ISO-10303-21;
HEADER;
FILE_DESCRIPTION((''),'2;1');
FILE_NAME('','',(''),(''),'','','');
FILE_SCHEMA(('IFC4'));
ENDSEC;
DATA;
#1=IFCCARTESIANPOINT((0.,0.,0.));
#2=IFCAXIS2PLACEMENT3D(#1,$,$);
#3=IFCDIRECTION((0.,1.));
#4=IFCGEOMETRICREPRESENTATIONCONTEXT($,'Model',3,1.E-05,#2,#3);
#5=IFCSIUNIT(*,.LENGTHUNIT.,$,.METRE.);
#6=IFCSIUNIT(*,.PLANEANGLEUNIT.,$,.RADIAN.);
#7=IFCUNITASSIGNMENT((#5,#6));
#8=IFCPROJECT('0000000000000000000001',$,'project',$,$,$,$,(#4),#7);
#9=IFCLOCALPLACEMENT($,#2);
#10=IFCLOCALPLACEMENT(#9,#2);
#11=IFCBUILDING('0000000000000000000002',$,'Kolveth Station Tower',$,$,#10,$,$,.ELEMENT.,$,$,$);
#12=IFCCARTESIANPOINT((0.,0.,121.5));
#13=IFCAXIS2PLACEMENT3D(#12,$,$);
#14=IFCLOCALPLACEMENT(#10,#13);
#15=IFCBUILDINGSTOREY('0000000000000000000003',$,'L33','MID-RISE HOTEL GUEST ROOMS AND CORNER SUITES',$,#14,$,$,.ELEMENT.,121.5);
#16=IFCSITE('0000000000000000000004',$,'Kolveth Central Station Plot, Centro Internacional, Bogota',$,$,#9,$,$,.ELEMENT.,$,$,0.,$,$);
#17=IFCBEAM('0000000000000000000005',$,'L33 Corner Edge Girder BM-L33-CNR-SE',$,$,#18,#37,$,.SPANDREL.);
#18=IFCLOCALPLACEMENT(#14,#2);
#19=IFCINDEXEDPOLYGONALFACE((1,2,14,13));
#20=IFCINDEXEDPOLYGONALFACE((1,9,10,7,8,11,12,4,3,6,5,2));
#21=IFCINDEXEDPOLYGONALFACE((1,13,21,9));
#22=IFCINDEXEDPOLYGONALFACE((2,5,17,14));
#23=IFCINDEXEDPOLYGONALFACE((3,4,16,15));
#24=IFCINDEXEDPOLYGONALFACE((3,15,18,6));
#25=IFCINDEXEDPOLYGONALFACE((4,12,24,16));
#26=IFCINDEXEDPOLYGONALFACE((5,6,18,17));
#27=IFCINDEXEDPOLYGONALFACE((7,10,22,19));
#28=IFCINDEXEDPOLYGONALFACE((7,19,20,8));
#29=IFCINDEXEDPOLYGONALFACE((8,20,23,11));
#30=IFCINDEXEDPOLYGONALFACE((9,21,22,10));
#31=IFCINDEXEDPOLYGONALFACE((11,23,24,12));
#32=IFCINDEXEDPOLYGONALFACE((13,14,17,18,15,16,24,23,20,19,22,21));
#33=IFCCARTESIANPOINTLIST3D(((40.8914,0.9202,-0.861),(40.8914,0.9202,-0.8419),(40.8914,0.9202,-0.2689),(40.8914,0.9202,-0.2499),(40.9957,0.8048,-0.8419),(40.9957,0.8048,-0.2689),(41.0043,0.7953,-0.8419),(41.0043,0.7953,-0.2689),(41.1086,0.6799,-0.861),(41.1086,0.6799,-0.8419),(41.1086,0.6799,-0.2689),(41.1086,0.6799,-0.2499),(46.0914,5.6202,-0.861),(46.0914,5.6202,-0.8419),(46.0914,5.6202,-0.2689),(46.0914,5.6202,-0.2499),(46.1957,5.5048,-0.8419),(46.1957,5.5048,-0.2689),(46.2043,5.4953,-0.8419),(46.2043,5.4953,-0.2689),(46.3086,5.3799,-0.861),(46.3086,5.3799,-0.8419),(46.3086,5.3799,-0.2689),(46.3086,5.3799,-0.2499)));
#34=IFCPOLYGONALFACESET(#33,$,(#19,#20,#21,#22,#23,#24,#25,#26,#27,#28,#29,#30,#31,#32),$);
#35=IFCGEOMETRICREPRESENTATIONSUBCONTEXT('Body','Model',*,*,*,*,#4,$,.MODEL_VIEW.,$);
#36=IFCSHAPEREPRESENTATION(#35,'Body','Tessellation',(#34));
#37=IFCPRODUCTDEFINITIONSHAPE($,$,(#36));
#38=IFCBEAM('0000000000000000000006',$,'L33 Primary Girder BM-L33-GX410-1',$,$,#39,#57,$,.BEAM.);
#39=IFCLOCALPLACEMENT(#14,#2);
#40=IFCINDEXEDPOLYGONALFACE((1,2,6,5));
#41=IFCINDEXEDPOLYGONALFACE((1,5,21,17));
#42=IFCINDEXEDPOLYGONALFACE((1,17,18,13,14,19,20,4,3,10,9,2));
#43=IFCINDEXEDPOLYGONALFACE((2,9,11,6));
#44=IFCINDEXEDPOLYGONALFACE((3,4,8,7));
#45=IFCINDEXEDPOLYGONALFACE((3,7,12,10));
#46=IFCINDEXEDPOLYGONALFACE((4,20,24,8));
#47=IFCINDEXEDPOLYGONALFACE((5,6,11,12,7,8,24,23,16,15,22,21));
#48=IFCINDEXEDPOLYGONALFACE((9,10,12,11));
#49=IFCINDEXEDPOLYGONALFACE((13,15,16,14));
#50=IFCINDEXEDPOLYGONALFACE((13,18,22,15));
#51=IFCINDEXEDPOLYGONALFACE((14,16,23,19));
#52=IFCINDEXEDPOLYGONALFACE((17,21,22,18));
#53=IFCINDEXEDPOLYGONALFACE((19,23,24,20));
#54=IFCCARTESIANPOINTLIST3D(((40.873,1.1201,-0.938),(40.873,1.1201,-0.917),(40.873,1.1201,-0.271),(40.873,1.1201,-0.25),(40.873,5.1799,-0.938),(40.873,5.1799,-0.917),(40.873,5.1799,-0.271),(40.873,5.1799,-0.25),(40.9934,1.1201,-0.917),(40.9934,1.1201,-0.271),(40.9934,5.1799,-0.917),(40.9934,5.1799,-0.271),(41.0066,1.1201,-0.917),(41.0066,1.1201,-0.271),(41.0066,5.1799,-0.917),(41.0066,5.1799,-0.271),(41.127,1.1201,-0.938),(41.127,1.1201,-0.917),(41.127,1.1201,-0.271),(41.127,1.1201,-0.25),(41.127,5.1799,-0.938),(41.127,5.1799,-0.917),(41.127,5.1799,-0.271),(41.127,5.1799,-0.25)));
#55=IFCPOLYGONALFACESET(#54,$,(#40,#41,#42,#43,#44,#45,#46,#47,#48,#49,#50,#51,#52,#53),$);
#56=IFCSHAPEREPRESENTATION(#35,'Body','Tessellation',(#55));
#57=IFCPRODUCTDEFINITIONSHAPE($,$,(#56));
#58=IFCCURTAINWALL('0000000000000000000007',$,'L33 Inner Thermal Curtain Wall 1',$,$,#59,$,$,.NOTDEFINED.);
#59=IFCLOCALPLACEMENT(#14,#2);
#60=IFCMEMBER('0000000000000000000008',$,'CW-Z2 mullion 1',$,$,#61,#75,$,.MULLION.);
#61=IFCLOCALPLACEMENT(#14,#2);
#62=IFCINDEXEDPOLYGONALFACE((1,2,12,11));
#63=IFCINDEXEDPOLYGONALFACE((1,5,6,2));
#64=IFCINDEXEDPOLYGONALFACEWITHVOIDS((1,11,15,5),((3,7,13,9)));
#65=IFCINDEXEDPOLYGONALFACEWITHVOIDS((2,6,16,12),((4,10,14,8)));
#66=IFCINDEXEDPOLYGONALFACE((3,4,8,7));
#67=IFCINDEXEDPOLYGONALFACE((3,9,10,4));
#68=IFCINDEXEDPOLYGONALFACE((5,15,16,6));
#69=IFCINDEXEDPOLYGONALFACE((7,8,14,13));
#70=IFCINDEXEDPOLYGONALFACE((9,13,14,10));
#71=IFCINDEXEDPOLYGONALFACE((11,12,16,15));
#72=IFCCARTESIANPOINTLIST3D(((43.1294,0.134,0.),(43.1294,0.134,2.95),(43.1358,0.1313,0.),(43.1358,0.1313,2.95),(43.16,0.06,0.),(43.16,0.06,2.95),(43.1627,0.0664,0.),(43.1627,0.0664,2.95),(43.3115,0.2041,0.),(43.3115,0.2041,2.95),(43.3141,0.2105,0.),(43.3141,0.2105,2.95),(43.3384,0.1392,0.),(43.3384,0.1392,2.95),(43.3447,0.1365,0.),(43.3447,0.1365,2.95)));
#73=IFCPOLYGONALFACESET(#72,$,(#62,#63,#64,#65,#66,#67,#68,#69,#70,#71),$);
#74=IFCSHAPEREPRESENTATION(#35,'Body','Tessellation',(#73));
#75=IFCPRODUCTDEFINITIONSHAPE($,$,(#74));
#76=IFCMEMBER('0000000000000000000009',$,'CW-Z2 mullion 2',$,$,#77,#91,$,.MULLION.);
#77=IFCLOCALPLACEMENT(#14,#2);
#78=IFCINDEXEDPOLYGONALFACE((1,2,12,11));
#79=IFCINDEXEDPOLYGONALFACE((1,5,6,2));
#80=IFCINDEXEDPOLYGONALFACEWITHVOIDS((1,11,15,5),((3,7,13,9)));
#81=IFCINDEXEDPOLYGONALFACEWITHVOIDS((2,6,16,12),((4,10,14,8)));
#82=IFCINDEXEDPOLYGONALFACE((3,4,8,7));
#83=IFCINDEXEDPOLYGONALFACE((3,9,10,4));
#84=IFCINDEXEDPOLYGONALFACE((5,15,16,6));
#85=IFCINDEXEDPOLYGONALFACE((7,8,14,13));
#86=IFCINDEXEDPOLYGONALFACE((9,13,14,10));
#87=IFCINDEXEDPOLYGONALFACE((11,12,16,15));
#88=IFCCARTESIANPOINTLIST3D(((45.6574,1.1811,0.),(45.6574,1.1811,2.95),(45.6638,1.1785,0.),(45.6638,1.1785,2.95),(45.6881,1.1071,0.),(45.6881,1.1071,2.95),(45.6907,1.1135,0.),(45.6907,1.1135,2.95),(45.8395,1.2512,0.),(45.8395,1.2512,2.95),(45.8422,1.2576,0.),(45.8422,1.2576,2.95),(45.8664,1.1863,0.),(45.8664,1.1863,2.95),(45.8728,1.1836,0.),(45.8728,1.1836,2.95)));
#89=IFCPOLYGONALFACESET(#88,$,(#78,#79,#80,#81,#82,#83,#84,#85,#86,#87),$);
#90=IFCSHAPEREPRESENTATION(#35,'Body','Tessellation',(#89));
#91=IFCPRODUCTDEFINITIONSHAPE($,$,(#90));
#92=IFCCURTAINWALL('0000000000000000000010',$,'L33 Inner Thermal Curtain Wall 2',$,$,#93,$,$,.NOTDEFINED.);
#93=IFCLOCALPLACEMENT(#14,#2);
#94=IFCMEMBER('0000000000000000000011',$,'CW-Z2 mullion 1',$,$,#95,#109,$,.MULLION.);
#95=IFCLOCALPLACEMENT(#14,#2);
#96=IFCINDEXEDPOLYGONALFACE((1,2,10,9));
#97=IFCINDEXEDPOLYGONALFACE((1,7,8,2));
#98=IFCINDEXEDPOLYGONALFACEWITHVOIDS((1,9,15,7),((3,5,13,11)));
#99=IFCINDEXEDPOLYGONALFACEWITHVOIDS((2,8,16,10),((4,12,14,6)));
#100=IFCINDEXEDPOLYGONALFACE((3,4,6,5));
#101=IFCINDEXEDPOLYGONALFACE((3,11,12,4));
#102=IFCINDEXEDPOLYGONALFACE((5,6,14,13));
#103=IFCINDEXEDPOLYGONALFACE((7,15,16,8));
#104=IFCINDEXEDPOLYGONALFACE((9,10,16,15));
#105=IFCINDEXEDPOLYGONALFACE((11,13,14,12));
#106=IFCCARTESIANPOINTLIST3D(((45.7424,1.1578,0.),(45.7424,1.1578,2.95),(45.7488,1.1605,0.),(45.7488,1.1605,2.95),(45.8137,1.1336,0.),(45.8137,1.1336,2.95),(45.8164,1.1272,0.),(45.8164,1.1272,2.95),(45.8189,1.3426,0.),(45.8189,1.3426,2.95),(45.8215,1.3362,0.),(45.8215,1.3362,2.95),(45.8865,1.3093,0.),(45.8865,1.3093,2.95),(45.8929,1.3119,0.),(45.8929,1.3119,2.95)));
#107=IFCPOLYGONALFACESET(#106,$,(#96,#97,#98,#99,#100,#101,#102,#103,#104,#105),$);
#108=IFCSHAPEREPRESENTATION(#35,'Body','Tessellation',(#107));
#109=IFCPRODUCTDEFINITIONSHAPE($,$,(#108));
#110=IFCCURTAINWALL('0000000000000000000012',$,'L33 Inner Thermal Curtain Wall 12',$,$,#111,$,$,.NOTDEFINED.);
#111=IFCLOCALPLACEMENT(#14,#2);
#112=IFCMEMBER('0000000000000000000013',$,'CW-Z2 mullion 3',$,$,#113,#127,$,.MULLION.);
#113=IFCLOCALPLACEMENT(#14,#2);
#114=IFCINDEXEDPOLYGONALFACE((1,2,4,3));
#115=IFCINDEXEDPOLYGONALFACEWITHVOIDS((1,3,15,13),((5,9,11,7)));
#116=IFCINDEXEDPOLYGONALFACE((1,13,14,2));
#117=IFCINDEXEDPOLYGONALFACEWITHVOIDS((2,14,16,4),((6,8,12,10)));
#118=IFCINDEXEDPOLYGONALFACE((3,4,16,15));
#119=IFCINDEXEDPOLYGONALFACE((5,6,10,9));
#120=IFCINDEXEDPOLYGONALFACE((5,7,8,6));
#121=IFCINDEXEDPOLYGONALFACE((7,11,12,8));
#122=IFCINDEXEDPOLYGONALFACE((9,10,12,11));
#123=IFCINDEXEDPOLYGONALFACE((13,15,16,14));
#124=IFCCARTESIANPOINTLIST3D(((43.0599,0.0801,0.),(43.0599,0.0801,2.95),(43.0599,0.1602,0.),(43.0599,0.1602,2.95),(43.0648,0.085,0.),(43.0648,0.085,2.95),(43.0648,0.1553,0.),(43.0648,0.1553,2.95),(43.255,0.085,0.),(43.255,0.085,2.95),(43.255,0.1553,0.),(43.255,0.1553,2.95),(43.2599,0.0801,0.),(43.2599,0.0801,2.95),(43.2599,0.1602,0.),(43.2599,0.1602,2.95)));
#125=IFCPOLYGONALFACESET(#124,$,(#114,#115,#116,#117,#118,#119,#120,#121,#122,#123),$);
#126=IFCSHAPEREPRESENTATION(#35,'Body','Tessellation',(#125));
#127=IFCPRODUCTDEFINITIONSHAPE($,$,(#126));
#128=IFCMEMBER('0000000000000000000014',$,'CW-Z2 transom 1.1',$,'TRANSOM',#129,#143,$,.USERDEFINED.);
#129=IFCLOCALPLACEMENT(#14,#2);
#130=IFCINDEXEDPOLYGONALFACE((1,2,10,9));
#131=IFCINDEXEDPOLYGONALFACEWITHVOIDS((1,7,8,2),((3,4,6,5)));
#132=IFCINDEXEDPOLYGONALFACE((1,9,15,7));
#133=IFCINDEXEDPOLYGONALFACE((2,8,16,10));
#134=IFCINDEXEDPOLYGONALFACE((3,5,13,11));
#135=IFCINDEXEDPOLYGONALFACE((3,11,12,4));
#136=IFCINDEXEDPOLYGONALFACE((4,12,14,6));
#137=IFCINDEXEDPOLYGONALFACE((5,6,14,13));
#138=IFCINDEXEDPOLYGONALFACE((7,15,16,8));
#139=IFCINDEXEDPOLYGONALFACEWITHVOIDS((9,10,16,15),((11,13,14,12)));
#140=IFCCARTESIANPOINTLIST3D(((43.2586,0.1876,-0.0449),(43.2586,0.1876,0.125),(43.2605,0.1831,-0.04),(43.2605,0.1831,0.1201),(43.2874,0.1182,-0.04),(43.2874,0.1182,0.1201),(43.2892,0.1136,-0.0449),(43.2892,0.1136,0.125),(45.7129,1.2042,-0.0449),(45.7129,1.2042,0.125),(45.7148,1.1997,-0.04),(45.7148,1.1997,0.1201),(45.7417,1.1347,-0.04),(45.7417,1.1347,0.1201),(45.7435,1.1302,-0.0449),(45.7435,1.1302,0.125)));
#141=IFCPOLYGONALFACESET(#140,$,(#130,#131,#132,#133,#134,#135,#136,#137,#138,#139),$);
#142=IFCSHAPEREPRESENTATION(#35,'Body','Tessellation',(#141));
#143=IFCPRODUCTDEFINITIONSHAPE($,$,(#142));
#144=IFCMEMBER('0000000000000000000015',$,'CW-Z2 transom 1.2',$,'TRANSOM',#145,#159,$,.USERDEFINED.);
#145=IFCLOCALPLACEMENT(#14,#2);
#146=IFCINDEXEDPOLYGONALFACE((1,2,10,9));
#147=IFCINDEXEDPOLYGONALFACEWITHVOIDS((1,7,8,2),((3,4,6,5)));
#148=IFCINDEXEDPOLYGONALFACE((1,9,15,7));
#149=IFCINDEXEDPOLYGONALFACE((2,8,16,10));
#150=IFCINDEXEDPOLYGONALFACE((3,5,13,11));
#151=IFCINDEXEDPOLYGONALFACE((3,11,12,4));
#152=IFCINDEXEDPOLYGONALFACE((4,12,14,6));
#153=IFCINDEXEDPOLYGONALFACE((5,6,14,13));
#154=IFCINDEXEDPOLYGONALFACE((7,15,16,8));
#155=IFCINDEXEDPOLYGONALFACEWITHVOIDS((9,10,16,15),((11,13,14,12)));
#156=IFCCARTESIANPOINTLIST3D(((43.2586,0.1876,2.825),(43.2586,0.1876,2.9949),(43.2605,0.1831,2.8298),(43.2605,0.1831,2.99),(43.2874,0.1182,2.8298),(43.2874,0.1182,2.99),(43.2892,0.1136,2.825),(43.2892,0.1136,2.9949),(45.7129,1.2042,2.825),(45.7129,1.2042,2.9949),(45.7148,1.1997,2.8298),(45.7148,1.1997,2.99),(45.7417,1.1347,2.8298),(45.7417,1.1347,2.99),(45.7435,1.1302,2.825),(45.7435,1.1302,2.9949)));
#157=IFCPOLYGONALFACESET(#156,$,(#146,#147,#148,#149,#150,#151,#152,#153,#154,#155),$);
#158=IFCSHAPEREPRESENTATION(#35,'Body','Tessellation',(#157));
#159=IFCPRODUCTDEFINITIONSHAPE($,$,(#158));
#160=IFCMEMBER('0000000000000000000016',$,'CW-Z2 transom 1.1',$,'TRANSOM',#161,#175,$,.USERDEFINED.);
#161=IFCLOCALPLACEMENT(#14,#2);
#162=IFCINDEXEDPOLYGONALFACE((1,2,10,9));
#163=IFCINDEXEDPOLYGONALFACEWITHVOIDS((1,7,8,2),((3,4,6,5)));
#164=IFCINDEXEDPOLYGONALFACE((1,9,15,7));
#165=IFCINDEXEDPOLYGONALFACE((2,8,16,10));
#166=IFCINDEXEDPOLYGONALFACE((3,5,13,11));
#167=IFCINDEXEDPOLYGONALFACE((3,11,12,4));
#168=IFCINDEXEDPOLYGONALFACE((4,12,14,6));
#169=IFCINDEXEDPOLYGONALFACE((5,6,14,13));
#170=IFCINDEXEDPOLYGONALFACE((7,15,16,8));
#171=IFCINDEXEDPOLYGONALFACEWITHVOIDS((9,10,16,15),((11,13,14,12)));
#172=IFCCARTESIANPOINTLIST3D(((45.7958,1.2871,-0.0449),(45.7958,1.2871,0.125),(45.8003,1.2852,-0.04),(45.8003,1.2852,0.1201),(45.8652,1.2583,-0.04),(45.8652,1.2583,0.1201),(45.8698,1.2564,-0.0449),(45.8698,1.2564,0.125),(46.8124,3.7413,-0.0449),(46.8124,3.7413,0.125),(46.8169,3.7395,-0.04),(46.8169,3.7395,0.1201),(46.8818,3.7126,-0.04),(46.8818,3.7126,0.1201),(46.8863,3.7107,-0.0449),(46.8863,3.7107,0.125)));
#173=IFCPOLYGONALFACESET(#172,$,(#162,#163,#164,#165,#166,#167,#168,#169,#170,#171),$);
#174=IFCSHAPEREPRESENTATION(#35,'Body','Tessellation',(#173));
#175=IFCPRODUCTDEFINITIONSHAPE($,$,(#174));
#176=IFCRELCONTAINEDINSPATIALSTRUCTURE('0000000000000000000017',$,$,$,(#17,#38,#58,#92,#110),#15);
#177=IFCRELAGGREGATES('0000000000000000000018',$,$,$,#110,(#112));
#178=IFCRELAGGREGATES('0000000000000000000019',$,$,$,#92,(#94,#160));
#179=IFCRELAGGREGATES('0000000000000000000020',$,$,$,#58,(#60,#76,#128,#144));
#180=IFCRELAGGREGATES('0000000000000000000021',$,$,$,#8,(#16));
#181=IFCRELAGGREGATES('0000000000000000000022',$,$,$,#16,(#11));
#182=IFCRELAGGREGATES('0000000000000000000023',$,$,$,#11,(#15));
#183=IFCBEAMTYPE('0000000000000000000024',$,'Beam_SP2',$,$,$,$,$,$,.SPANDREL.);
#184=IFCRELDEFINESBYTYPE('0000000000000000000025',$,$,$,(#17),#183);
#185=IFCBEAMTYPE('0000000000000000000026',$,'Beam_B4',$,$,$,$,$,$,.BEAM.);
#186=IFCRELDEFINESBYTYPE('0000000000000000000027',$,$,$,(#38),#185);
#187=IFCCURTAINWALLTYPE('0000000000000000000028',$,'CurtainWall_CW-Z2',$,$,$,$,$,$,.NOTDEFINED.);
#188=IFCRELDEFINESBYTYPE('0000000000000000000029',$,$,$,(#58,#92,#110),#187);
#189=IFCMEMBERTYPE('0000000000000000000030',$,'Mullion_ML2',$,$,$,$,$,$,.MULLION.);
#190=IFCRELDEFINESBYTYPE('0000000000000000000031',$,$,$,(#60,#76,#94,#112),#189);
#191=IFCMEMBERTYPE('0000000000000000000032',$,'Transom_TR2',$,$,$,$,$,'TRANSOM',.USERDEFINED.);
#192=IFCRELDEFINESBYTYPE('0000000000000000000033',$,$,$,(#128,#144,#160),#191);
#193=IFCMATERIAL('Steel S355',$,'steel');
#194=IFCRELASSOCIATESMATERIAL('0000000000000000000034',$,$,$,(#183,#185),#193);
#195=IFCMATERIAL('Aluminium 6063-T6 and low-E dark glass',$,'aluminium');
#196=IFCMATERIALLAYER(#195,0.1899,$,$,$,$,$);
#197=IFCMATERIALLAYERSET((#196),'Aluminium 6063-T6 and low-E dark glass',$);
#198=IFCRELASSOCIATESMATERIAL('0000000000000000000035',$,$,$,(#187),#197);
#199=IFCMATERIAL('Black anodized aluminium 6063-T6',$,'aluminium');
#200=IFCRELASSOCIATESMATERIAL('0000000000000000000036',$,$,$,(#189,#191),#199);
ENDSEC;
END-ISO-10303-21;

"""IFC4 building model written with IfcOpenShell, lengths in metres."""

from ifc_helpers import new_model, si_unit, direction, frame, origin, origin_2d, place, context, subcontext, project, spatial, hollow_rectangle, i_section, extrude, source, transform, mapped, material, layer, layer_set, material_profile, profile_set, type_object, element, aggregate, save


model = new_model("IFC4")

# Units and contexts
model_context = context("Model", 3, precision=1e-05, world=origin(), true_north=direction((0.0, 1.0)))
body_context = subcontext(model_context, "Body", "Model", "MODEL_VIEW")
ifc_project = project(units=[si_unit("LENGTHUNIT", "METRE"), si_unit("PLANEANGLEUNIT", "RADIAN")], contexts=[model_context])

# Site, building, storey
site_placement = place(None, origin())
site = spatial("IfcSite", under=ifc_project, at=site_placement, Name="Kolveth Central Station Plot, Centro Internacional, Bogota", CompositionType="ELEMENT", RefElevation=0.0)
building_placement = place(site_placement, origin())
building = spatial("IfcBuilding", under=site, at=building_placement, Name="Kolveth Station Tower", CompositionType="ELEMENT")
storey_placement = place(building_placement, frame((0.0, 0.0, 121.5)))
storey = spatial("IfcBuildingStorey", under=building, at=storey_placement, Name="L33", Description="MID-RISE HOTEL GUEST ROOMS AND CORNER SUITES", CompositionType="ELEMENT", Elevation=121.5)

# Beams
ifc_material_1 = material(Name="Steel S355", Category="steel")
ifc_material_profile_1 = material_profile(ifc_material_1, i_section(OverallWidth=0.324, OverallDepth=0.6111, WebThickness=0.0127, FlangeThickness=0.019, at=origin_2d()), Name="W610x155")
ifc_profile_set_1 = profile_set([ifc_material_profile_1], Name="Steel S355")
beam_type_1 = type_object("IfcBeamType", Name="Beam_SP2", PredefinedType="SPANDREL", material=ifc_profile_set_1)
shared_shape_1 = source(origin(), body_context, "Body", "SweptSolid", [
    extrude(i_section(OverallWidth=0.324, OverallDepth=0.6111, WebThickness=0.0127, FlangeThickness=0.019, at=origin_2d()), origin(), (0.0, 0.0, 1.0), 7.0093),
])
beam_1_placement = place(storey_placement, frame((41.0, 0.8, -0.5554), z_axis=(0.741874, 0.670539, 0.0), x_axis=(-0.670539, 0.741874, 0.0)))
element("IfcBeam", 1, at=beam_1_placement, inside=storey, type_object=beam_type_1, Name="L33 Corner Edge Girder BM-L33-CNR-SE", PredefinedType="SPANDREL", context=body_context, shape_type="MappedRepresentation", body=[
    mapped(shared_shape_1, transform((0.0, 0.0, 0.0), x_axis=(1.0, 0.0, 0.0), y_axis=(0.0, 1.0, 0.0), z_axis=(0.0, 0.0, 1.0), scale=1.0)),
])
ifc_material_profile_2 = material_profile(ifc_material_1, i_section(OverallWidth=0.2539, OverallDepth=0.688, WebThickness=0.0132, FlangeThickness=0.021, at=origin_2d()), Name="W690x152")
ifc_profile_set_2 = profile_set([ifc_material_profile_2], Name="Steel S355")
beam_type_2 = type_object("IfcBeamType", Name="Beam_B4", PredefinedType="BEAM", material=ifc_profile_set_2)
shared_shape_2 = source(origin(), body_context, "Body", "SweptSolid", [
    extrude(i_section(OverallWidth=0.2539, OverallDepth=0.688, WebThickness=0.0132, FlangeThickness=0.021, at=origin_2d()), origin(), (0.0, 0.0, 1.0), 4.0598),
])
beam_2_placement = place(storey_placement, frame((41.0, 1.1201, -0.594), z_axis=(0.0, 1.0, 0.0), x_axis=(-1.0, 0.0, 0.0)))
element("IfcBeam", 2, at=beam_2_placement, inside=storey, type_object=beam_type_2, Name="L33 Primary Girder BM-L33-GX410-1", PredefinedType="BEAM", context=body_context, shape_type="MappedRepresentation", body=[
    mapped(shared_shape_2, transform((0.0, 0.0, 0.0), x_axis=(1.0, 0.0, 0.0), y_axis=(0.0, 1.0, 0.0), z_axis=(0.0, 0.0, 1.0), scale=1.0)),
])

# Curtain wall, members
ifc_material_2 = material(Name="Aluminium 6063-T6 and low-E dark glass", Category="aluminium")
ifc_layer_1 = layer(ifc_material_2, 0.1899)
ifc_layer_set_1 = layer_set([ifc_layer_1], Name="Aluminium 6063-T6 and low-E dark glass")
curtain_wall_type_1 = type_object("IfcCurtainWallType", Name="CurtainWall_CW-Z2", PredefinedType="NOTDEFINED", material=ifc_layer_set_1)
curtain_wall_1_placement = place(storey_placement, origin())
curtain_wall_1 = element("IfcCurtainWall", 3, at=curtain_wall_1_placement, inside=storey, type_object=curtain_wall_type_1, Name="L33 Inner Thermal Curtain Wall 1", PredefinedType="NOTDEFINED")
ifc_material_3 = material(Name="Black anodized aluminium 6063-T6", Category="aluminium")
ifc_material_profile_3 = material_profile(ifc_material_3, hollow_rectangle(XDim=0.0801, YDim=0.2, WallThickness=0.0049, at=origin_2d()), Name="ALU-80x200x5")
ifc_profile_set_3 = profile_set([ifc_material_profile_3], Name="Black anodized aluminium 6063-T6")
member_type_1 = type_object("IfcMemberType", Name="Mullion_ML2", PredefinedType="MULLION", material=ifc_profile_set_3)
shared_shape_3 = source(origin(), body_context, "Body", "SweptSolid", [
    extrude(hollow_rectangle(XDim=0.0801, YDim=0.2, WallThickness=0.0049, at=origin_2d()), origin(), (0.0, 0.0, 1.0), 2.95),
])
member_1_placement = place(storey_placement, frame((43.2371, 0.1353, 0.0), z_axis=(0.0, 0.0, 1.0), x_axis=(-0.382663, 0.923888, 0.0)))
member_1 = element("IfcMember", 4, at=member_1_placement, type_object=member_type_1, Name="CW-Z2 mullion 1", PredefinedType="MULLION", context=body_context, shape_type="MappedRepresentation", body=[
    mapped(shared_shape_3, transform((0.0, 0.0, 0.0), x_axis=(1.0, 0.0, 0.0), y_axis=(0.0, 1.0, 0.0), z_axis=(0.0, 0.0, 1.0), scale=1.0)),
])
member_2_placement = place(storey_placement, frame((45.7651, 1.1824, 0.0), z_axis=(0.0, 0.0, 1.0), x_axis=(-0.382663, 0.923888, 0.0)))
member_2 = element("IfcMember", 5, at=member_2_placement, type_object=member_type_1, Name="CW-Z2 mullion 2", PredefinedType="MULLION", context=body_context, shape_type="MappedRepresentation", body=[
    mapped(shared_shape_3, transform((0.0, 0.0, 0.0), x_axis=(1.0, 0.0, 0.0), y_axis=(0.0, 1.0, 0.0), z_axis=(0.0, 0.0, 1.0), scale=1.0)),
])

# Curtain walls, members
curtain_wall_2_placement = place(storey_placement, origin())
curtain_wall_2 = element("IfcCurtainWall", 6, at=curtain_wall_2_placement, inside=storey, type_object=curtain_wall_type_1, Name="L33 Inner Thermal Curtain Wall 2", PredefinedType="NOTDEFINED")
member_3_placement = place(storey_placement, frame((45.8176, 1.2349, 0.0), z_axis=(0.0, 0.0, 1.0), x_axis=(-0.923888, 0.382663, 0.0)))
member_3 = element("IfcMember", 7, at=member_3_placement, type_object=member_type_1, Name="CW-Z2 mullion 1", PredefinedType="MULLION", context=body_context, shape_type="MappedRepresentation", body=[
    mapped(shared_shape_3, transform((0.0, 0.0, 0.0), x_axis=(1.0, 0.0, 0.0), y_axis=(0.0, 1.0, 0.0), z_axis=(0.0, 0.0, 1.0), scale=1.0)),
])
curtain_wall_3_placement = place(storey_placement, origin())
curtain_wall_3 = element("IfcCurtainWall", 8, at=curtain_wall_3_placement, inside=storey, type_object=curtain_wall_type_1, Name="L33 Inner Thermal Curtain Wall 12", PredefinedType="NOTDEFINED")
member_4_placement = place(storey_placement, frame((43.1599, 0.1201, 0.0), z_axis=(0.0, 0.0, 1.0), x_axis=(0.0, 1.0, 0.0)))
member_4 = element("IfcMember", 9, at=member_4_placement, type_object=member_type_1, Name="CW-Z2 mullion 3", PredefinedType="MULLION", context=body_context, shape_type="MappedRepresentation", body=[
    mapped(shared_shape_3, transform((0.0, 0.0, 0.0), x_axis=(1.0, 0.0, 0.0), y_axis=(0.0, 1.0, 0.0), z_axis=(0.0, 0.0, 1.0), scale=1.0)),
])
aggregate(curtain_wall_3, [member_4])

# Members
ifc_material_profile_4 = material_profile(ifc_material_3, hollow_rectangle(XDim=0.0801, YDim=0.1699, WallThickness=0.0049, at=origin_2d()), Name="ALU-80x170x5")
ifc_profile_set_4 = profile_set([ifc_material_profile_4], Name="Black anodized aluminium 6063-T6")
member_type_2 = type_object("IfcMemberType", Name="Transom_TR2", ElementType="TRANSOM", PredefinedType="USERDEFINED", material=ifc_profile_set_4)
shared_shape_4 = source(origin(), body_context, "Body", "SweptSolid", [
    extrude(hollow_rectangle(XDim=0.0801, YDim=0.1699, WallThickness=0.0049, at=origin_2d()), origin(), (0.0, 0.0, 1.0), 2.6565),
])
member_5_placement = place(storey_placement, frame((43.2739, 0.1506, 0.04), z_axis=(0.923882, 0.382676, 0.0), x_axis=(-0.382676, 0.923882, 0.0)))
member_5 = element("IfcMember", 10, at=member_5_placement, type_object=member_type_2, Name="CW-Z2 transom 1.1", ObjectType="TRANSOM", PredefinedType="USERDEFINED", context=body_context, shape_type="MappedRepresentation", body=[
    mapped(shared_shape_4, transform((0.0, 0.0, 0.0), x_axis=(1.0, 0.0, 0.0), y_axis=(0.0, 1.0, 0.0), z_axis=(0.0, 0.0, 1.0), scale=1.0)),
])
member_6_placement = place(storey_placement, frame((43.2739, 0.1506, 2.9099), z_axis=(0.923882, 0.382676, 0.0), x_axis=(-0.382676, 0.923882, 0.0)))
member_6 = element("IfcMember", 11, at=member_6_placement, type_object=member_type_2, Name="CW-Z2 transom 1.2", ObjectType="TRANSOM", PredefinedType="USERDEFINED", context=body_context, shape_type="MappedRepresentation", body=[
    mapped(shared_shape_4, transform((0.0, 0.0, 0.0), x_axis=(1.0, 0.0, 0.0), y_axis=(0.0, 1.0, 0.0), z_axis=(0.0, 0.0, 1.0), scale=1.0)),
])
member_7_placement = place(storey_placement, frame((45.8328, 1.2717, 0.04), z_axis=(0.382676, 0.923882, 0.0), x_axis=(-0.923882, 0.382676, 0.0)))
member_7 = element("IfcMember", 12, at=member_7_placement, type_object=member_type_2, Name="CW-Z2 transom 1.1", ObjectType="TRANSOM", PredefinedType="USERDEFINED", context=body_context, shape_type="MappedRepresentation", body=[
    mapped(shared_shape_4, transform((0.0, 0.0, 0.0), x_axis=(1.0, 0.0, 0.0), y_axis=(0.0, 1.0, 0.0), z_axis=(0.0, 0.0, 1.0), scale=1.0)),
])
aggregate(curtain_wall_2, [member_3, member_7])

aggregate(curtain_wall_1, [member_1, member_2, member_5, member_6])

save(model, "model.ifc")
